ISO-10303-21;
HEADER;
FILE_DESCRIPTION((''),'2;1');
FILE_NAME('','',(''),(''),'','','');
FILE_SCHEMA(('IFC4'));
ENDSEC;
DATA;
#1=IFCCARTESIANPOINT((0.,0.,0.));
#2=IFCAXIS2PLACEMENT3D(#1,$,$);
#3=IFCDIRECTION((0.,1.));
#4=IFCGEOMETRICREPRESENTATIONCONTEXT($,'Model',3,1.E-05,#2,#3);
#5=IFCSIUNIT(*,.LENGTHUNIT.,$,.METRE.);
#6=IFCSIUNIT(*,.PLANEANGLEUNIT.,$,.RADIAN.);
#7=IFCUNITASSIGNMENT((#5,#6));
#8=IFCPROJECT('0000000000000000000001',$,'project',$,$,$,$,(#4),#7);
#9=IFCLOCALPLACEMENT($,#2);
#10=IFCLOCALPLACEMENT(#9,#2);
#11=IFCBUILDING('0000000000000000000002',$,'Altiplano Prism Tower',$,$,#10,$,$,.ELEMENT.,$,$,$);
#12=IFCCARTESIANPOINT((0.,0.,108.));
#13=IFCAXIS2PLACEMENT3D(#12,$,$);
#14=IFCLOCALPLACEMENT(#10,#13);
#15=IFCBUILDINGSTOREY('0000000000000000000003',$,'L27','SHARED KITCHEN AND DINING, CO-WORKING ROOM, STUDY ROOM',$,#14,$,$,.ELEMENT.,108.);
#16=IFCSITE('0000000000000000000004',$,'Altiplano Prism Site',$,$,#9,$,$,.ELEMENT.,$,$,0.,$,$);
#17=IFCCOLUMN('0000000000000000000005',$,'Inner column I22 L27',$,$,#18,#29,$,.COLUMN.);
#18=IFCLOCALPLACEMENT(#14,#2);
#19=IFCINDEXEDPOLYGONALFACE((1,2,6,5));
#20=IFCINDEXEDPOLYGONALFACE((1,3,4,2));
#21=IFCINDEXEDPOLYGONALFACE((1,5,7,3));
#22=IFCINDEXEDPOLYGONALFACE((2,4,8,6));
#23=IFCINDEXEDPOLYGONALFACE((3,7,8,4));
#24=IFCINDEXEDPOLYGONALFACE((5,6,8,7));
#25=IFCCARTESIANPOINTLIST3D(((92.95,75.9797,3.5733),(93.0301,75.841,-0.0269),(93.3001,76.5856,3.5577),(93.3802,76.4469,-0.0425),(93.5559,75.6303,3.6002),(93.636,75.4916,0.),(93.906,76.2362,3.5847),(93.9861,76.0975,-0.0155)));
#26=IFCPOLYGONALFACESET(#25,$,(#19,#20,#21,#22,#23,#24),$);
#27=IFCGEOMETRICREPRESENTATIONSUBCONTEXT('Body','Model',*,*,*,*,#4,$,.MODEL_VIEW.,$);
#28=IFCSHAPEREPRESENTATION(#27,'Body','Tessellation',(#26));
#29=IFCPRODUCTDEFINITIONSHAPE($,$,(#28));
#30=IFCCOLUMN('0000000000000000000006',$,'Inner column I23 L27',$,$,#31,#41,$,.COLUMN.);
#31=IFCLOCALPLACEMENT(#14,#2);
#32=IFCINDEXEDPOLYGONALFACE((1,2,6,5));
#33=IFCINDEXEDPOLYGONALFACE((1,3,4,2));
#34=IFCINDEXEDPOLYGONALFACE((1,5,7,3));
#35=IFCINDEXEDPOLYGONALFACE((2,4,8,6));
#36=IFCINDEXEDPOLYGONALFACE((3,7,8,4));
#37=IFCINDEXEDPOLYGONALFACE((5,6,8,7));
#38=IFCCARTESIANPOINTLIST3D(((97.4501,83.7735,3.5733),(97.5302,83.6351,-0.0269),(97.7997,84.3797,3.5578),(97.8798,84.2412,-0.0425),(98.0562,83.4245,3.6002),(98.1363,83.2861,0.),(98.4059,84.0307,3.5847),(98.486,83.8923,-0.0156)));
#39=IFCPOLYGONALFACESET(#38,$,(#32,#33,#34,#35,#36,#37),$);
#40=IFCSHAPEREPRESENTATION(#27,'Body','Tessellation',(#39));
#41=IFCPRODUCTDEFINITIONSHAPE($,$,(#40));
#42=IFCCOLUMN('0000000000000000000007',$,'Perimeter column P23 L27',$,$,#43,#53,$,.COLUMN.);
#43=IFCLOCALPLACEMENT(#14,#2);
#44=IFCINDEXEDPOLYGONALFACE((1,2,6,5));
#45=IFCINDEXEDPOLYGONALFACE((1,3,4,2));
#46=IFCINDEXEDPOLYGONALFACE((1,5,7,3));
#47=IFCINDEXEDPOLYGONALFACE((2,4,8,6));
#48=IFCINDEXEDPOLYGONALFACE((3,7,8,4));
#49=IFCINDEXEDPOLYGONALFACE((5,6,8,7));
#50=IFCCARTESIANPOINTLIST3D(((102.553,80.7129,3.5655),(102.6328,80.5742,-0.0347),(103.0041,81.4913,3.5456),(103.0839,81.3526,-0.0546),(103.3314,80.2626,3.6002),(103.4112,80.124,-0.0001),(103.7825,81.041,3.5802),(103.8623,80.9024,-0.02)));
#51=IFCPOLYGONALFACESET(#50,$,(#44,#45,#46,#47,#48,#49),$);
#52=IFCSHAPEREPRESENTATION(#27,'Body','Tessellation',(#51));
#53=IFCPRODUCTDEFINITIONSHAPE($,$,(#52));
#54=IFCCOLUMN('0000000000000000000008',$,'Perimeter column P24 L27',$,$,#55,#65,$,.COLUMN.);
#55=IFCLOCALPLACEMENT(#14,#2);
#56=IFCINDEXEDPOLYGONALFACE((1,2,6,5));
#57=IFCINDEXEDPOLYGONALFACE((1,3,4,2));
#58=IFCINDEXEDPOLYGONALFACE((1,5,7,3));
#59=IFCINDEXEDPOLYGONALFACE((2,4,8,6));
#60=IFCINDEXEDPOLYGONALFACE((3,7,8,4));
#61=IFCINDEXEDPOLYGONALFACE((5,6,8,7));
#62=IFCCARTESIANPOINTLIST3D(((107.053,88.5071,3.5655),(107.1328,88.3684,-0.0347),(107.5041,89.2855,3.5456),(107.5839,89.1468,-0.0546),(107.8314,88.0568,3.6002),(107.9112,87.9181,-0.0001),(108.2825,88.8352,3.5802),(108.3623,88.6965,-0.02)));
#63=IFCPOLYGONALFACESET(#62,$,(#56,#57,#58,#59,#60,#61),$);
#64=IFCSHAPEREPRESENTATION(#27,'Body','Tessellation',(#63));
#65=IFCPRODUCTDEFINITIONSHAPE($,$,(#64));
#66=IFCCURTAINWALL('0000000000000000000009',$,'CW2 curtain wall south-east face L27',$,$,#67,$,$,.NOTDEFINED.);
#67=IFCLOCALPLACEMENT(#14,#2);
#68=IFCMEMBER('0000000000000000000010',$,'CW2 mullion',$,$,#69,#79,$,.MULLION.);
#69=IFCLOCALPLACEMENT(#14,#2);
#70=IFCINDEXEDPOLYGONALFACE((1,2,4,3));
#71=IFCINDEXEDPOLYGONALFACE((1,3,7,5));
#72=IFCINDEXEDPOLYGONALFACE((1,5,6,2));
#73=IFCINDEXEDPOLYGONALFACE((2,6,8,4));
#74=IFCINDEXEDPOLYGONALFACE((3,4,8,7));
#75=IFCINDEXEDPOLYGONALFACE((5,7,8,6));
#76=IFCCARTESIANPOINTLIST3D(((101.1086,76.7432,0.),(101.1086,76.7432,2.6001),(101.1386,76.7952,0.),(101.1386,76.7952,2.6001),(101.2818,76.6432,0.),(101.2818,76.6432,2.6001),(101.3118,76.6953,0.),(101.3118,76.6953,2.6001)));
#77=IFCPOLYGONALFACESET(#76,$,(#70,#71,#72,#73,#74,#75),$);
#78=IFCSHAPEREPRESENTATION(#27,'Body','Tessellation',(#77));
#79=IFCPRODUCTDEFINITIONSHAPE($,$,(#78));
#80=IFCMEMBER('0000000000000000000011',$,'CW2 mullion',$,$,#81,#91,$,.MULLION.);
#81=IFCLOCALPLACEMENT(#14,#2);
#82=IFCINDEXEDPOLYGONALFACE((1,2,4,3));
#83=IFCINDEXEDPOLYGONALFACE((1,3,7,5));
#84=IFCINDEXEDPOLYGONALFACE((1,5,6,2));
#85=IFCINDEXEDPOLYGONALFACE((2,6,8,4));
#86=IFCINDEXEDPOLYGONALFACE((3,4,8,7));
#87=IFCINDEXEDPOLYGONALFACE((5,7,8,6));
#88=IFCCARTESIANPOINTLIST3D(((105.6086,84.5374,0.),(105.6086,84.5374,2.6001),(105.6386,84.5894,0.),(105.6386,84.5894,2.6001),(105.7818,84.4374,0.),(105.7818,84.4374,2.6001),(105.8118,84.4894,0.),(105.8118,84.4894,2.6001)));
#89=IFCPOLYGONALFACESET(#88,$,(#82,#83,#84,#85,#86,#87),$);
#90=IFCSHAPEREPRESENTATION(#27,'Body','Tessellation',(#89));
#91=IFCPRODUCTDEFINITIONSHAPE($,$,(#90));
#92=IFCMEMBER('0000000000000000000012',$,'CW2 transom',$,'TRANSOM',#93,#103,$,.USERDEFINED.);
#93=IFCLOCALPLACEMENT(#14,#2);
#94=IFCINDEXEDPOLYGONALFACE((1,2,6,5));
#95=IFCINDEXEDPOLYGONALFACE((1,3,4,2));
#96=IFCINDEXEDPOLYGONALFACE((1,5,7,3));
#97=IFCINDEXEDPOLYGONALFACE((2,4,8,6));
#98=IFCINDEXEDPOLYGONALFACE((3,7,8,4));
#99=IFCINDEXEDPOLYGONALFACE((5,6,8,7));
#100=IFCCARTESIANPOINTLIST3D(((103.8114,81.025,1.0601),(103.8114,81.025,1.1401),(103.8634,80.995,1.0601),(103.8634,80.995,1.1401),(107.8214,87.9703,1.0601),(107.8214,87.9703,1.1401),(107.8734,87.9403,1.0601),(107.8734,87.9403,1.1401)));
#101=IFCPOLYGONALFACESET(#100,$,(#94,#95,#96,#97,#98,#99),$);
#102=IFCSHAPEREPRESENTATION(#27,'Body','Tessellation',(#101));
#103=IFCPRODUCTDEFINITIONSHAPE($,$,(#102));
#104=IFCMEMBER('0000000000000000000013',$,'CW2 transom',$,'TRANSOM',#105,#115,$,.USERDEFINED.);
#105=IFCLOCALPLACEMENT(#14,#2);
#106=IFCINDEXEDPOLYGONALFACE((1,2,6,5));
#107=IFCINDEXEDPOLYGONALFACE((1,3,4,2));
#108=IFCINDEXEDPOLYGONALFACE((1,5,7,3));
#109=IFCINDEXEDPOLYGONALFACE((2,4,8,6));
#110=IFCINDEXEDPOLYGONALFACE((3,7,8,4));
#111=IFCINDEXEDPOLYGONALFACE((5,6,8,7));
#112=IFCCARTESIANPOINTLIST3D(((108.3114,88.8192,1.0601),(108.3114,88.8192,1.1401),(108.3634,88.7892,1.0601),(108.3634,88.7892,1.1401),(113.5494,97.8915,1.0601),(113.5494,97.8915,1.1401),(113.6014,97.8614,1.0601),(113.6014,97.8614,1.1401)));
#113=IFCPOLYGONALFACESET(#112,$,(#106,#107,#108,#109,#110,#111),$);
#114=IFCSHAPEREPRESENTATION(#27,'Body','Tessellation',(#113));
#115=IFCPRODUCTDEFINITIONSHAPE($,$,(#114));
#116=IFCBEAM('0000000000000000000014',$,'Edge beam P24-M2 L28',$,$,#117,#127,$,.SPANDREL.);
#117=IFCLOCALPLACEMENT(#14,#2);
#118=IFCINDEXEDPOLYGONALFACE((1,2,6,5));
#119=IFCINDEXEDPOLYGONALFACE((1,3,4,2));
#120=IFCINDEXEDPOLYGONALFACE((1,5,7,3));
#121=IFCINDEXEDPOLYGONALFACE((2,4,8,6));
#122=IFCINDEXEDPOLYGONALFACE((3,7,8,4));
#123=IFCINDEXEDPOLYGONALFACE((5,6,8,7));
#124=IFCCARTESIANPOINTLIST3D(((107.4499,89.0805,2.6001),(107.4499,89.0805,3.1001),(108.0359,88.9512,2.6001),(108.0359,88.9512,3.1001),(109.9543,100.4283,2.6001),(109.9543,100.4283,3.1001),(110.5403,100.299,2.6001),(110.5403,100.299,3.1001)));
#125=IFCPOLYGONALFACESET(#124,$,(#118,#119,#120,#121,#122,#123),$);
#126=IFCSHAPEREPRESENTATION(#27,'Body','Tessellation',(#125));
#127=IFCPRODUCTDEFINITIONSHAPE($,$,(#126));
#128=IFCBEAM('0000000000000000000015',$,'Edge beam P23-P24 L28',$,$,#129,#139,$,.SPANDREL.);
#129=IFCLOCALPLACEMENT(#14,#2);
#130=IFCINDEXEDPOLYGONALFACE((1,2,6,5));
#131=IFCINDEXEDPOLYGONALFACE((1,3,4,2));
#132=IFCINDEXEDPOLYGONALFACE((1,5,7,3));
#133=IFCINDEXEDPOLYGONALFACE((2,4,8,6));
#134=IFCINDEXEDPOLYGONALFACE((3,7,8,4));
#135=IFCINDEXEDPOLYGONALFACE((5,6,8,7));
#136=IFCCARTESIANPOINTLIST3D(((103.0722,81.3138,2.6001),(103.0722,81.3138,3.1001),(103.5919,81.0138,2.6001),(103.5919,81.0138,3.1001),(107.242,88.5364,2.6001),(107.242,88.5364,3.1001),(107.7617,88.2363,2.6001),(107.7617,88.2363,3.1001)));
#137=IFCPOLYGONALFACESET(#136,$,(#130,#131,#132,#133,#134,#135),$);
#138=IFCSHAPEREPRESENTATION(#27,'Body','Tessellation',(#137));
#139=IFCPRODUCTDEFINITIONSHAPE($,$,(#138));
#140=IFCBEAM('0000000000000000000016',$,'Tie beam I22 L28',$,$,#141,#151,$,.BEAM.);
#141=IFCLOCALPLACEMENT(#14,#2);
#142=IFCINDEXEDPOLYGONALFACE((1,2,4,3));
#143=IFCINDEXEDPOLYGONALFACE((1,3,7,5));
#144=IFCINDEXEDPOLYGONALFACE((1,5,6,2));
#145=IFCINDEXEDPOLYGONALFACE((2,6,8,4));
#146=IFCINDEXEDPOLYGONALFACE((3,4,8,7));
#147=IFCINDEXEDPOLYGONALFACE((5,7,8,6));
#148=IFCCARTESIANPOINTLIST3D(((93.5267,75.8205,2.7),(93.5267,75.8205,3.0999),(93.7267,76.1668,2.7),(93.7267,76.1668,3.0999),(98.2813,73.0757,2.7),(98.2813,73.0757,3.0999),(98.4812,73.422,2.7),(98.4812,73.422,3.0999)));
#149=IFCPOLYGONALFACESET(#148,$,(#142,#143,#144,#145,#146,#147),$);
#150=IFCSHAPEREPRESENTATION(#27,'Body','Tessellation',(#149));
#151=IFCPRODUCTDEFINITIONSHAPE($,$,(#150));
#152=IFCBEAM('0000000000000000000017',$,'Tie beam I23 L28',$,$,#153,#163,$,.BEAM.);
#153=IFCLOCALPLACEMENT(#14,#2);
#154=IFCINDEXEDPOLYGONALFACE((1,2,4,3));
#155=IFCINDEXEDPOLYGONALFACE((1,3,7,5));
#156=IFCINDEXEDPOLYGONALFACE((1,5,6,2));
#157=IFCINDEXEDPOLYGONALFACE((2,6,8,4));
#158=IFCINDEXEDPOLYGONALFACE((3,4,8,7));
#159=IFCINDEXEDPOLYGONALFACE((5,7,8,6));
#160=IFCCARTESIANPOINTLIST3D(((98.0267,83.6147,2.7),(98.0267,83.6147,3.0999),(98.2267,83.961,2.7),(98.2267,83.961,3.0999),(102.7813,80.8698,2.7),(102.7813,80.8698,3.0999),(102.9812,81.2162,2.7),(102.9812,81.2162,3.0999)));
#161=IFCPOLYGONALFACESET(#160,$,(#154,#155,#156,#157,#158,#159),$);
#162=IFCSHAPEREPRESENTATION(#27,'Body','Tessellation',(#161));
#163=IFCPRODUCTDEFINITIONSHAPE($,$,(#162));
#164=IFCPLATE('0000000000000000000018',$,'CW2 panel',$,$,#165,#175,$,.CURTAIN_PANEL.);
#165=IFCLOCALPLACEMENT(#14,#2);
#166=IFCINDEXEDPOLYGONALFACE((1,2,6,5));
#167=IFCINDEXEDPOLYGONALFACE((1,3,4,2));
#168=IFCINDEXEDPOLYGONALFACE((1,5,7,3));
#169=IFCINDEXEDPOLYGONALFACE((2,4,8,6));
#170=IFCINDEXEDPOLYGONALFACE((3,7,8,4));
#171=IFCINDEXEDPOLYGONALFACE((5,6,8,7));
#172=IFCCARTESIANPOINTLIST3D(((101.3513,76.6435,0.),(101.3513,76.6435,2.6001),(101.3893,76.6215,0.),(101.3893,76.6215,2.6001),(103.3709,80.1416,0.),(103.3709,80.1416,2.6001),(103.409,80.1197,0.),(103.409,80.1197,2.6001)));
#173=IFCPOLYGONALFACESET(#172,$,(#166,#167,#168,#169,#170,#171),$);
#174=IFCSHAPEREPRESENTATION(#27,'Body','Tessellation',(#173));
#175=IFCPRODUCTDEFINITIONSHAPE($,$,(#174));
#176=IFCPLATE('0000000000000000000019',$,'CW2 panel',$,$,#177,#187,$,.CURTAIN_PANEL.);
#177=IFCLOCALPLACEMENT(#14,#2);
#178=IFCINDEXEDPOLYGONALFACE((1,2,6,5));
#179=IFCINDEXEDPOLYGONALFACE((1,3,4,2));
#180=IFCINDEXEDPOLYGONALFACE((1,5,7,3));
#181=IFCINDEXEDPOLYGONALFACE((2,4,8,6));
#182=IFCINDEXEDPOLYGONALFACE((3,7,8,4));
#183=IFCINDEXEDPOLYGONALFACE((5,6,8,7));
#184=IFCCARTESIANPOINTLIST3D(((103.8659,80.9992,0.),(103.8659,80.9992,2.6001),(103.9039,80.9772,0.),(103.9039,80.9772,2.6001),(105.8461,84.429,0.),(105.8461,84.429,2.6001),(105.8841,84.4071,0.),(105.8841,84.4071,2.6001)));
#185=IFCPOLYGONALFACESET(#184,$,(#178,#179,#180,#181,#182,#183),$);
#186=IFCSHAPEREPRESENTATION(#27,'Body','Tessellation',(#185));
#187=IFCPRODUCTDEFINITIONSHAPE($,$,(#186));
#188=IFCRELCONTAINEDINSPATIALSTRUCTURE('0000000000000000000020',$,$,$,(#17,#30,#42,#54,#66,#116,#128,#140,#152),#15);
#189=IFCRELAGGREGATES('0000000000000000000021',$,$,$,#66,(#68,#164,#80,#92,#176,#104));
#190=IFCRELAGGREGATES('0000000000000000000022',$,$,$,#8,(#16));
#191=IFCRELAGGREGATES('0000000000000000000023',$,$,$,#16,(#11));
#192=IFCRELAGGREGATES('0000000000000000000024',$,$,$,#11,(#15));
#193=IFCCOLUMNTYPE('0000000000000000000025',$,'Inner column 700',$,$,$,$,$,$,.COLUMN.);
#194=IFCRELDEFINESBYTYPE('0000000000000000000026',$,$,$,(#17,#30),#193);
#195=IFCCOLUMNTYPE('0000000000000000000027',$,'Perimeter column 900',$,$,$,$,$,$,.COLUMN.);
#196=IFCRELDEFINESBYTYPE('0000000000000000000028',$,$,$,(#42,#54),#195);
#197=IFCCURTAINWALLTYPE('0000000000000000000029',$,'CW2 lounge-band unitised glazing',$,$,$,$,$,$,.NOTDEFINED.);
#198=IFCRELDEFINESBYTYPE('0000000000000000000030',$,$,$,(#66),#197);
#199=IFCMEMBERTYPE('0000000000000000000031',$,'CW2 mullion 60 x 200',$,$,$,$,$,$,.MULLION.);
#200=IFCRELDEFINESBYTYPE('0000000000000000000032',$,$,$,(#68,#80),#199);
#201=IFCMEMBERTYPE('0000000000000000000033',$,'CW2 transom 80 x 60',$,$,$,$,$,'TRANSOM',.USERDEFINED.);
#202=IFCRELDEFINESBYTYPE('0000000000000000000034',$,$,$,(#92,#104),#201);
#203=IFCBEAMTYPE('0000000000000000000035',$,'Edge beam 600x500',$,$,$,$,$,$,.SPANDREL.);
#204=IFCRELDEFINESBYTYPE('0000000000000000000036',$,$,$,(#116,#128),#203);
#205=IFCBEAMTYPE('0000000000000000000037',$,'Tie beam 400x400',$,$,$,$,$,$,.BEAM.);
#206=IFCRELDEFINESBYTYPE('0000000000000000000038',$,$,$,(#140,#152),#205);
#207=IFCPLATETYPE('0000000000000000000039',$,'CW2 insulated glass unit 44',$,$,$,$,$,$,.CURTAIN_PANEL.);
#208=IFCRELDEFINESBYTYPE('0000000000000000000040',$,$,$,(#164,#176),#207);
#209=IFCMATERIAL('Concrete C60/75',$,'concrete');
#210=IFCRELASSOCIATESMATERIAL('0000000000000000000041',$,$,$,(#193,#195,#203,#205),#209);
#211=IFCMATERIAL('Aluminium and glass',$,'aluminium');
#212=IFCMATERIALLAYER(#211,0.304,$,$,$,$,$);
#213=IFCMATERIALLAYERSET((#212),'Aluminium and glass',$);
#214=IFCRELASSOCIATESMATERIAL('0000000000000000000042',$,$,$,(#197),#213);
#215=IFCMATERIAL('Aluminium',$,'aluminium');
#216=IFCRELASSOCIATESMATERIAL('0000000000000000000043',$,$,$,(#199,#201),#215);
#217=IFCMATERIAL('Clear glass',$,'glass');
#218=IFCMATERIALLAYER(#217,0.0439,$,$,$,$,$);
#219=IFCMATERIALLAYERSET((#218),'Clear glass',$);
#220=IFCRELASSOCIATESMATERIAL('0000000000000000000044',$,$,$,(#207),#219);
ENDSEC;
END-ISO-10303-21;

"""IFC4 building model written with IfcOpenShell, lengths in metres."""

from ifc_helpers import new_model, si_unit, direction, frame, origin, origin_2d, place, context, subcontext, project, spatial, rectangle, extrude, material, layer, layer_set, material_profile, profile_set, type_object, element, aggregate, save


model = new_model("IFC4")

# Units and contexts
model_context = context("Model", 3, precision=1e-05, world=origin(), true_north=direction((0.0, 1.0)))
body_context = subcontext(model_context, "Body", "Model", "MODEL_VIEW")
ifc_project = project(units=[si_unit("LENGTHUNIT", "METRE"), si_unit("PLANEANGLEUNIT", "RADIAN")], contexts=[model_context])

# Site, building, storey
site_placement = place(None, origin())
site = spatial("IfcSite", under=ifc_project, at=site_placement, Name="Altiplano Prism Site", CompositionType="ELEMENT", RefElevation=0.0)
building_placement = place(site_placement, origin())
building = spatial("IfcBuilding", under=site, at=building_placement, Name="Altiplano Prism Tower", CompositionType="ELEMENT")
storey_placement = place(building_placement, frame((0.0, 0.0, 108.0)))
storey = spatial("IfcBuildingStorey", under=building, at=storey_placement, Name="L27", Description="SHARED KITCHEN AND DINING, CO-WORKING ROOM, STUDY ROOM", CompositionType="ELEMENT", Elevation=108.0)

# Columns
ifc_material_1 = material(Name="Concrete C60/75", Category="concrete")
ifc_material_profile_1 = material_profile(ifc_material_1, rectangle(XDim=0.7, YDim=0.7, at=origin_2d()), Name="Inner column 700")
ifc_profile_set_1 = profile_set([ifc_material_profile_1], Name="Concrete C60/75")
column_type_1 = type_object("IfcColumnType", Name="Inner column 700", PredefinedType="COLUMN", material=ifc_profile_set_1)
for number, where, z_axis, x_axis, name in (
    (1, (93.5081, 75.9692, -0.0212), (-0.022221, 0.038481, 0.999012), (-0.500175, -0.865639, 0.022218), "Inner column I22 L27"),
    (2, (98.0081, 83.7637, -0.0212), (-0.022221, 0.038413, 0.999015), (-0.499508, -0.866025, 0.022189), "Inner column I23 L27"),
):
    element("IfcColumn", number, at=place(storey_placement, frame(where, z_axis=z_axis, x_axis=x_axis)), inside=storey, type_object=column_type_1, Name=name, PredefinedType="COLUMN", context=body_context, shape_type="SweptSolid", body=[
        extrude(rectangle(XDim=0.7, YDim=0.7, at=origin_2d()), origin(), (0.0, 0.0, 1.0), 3.6038),
    ])
ifc_material_profile_2 = material_profile(ifc_material_1, rectangle(XDim=0.8999, YDim=0.8999, at=origin_2d()), Name="Perimeter column 900")
ifc_profile_set_2 = profile_set([ifc_material_profile_2], Name="Concrete C60/75")
column_type_2 = type_object("IfcColumnType", Name="Perimeter column 900", PredefinedType="COLUMN", material=ifc_profile_set_2)
for number, where, z_axis, x_axis, name in (
    (3, (103.2476, 80.7383, -0.0273), (-0.022154, 0.038481, 0.999014), (-0.501313, -0.864981, 0.022201), "Perimeter column P23 L27"),
    (4, (107.7476, 88.5325, -0.0273), (-0.022154, 0.038481, 0.999014), (-0.501313, -0.864981, 0.022201), "Perimeter column P24 L27"),
):
    element("IfcColumn", number, at=place(storey_placement, frame(where, z_axis=z_axis, x_axis=x_axis)), inside=storey, type_object=column_type_2, Name=name, PredefinedType="COLUMN", context=body_context, shape_type="SweptSolid", body=[
        extrude(rectangle(XDim=0.8999, YDim=0.8999, at=origin_2d()), origin(), (0.0, 0.0, 1.0), 3.6038),
    ])

# Curtain wall, members
ifc_material_2 = material(Name="Aluminium and glass", Category="aluminium")
ifc_layer_1 = layer(ifc_material_2, 0.304)
ifc_layer_set_1 = layer_set([ifc_layer_1], Name="Aluminium and glass")
curtain_wall_type = type_object("IfcCurtainWallType", Name="CW2 lounge-band unitised glazing", PredefinedType="NOTDEFINED", material=ifc_layer_set_1)
curtain_wall_placement = place(storey_placement, origin())
curtain_wall = element("IfcCurtainWall", 5, at=curtain_wall_placement, inside=storey, type_object=curtain_wall_type, Name="CW2 curtain wall south-east face L27", PredefinedType="NOTDEFINED")
ifc_material_3 = material(Name="Aluminium", Category="aluminium")
ifc_material_profile_3 = material_profile(ifc_material_3, rectangle(XDim=0.2, YDim=0.0601, at=origin_2d()), Name="CW2 mullion 60 x 200")
ifc_profile_set_3 = profile_set([ifc_material_profile_3], Name="Aluminium")
member_type_1 = type_object("IfcMemberType", Name="CW2 mullion 60 x 200", PredefinedType="MULLION", material=ifc_profile_set_3)
member_1_placement = place(storey_placement, frame((101.2102, 76.7192, 0.0), z_axis=(0.0, 0.0, 1.0), x_axis=(-0.866025, 0.5, 0.0)))
member_1 = element("IfcMember", 6, at=member_1_placement, type_object=member_type_1, Name="CW2 mullion", PredefinedType="MULLION", context=body_context, shape_type="SweptSolid", body=[
    extrude(rectangle(XDim=0.2, YDim=0.0601, at=origin_2d()), origin(), (0.0, 0.0, 1.0), 2.6001),
])
member_2_placement = place(storey_placement, frame((105.7102, 84.5134, 0.0), z_axis=(0.0, 0.0, 1.0), x_axis=(-0.866025, 0.5, 0.0)))
member_2 = element("IfcMember", 7, at=member_2_placement, type_object=member_type_1, Name="CW2 mullion", PredefinedType="MULLION", context=body_context, shape_type="SweptSolid", body=[
    extrude(rectangle(XDim=0.2, YDim=0.0601, at=origin_2d()), origin(), (0.0, 0.0, 1.0), 2.6001),
])
ifc_material_profile_4 = material_profile(ifc_material_3, rectangle(XDim=0.0601, YDim=0.0801, at=origin_2d()), Name="CW2 transom 80 x 60")
ifc_profile_set_4 = profile_set([ifc_material_profile_4], Name="Aluminium")
member_type_2 = type_object("IfcMemberType", Name="CW2 transom 80 x 60", ElementType="TRANSOM", PredefinedType="USERDEFINED", material=ifc_profile_set_4)
member_3_placement = place(storey_placement, frame((103.8374, 81.01, 1.1001), z_axis=(0.500012, 0.866018, 0.0), x_axis=(-0.866018, 0.500012, 0.0)))
member_3 = element("IfcMember", 8, at=member_3_placement, type_object=member_type_2, Name="CW2 transom", ObjectType="TRANSOM", PredefinedType="USERDEFINED", context=body_context, shape_type="SweptSolid", body=[
    extrude(rectangle(XDim=0.0601, YDim=0.0801, at=origin_2d()), origin(), (0.0, 0.0, 1.0), 8.0198),
])
member_4_placement = place(storey_placement, frame((108.3374, 88.8042, 1.1001), z_axis=(0.500012, 0.866019, 0.0), x_axis=(-0.866019, 0.500012, 0.0)))
member_4 = element("IfcMember", 9, at=member_4_placement, type_object=member_type_2, Name="CW2 transom", ObjectType="TRANSOM", PredefinedType="USERDEFINED", context=body_context, shape_type="SweptSolid", body=[
    extrude(rectangle(XDim=0.0601, YDim=0.0801, at=origin_2d()), origin(), (0.0, 0.0, 1.0), 10.4758),
])

# Beams
ifc_material_profile_5 = material_profile(ifc_material_1, rectangle(XDim=0.6001, YDim=0.5, at=origin_2d()), Name="Edge beam 600x500")
ifc_profile_set_5 = profile_set([ifc_material_profile_5], Name="Concrete C60/75")
beam_type_1 = type_object("IfcBeamType", Name="Edge beam 600x500", PredefinedType="SPANDREL", material=ifc_profile_set_5)
beam_1_placement = place(storey_placement, frame((107.7429, 89.0159, 2.8501), z_axis=(0.215507, 0.976502, 0.0), x_axis=(-0.976502, 0.215507, 0.0)))
element("IfcBeam", 10, at=beam_1_placement, inside=storey, type_object=beam_type_1, Name="Edge beam P24-M2 L28", PredefinedType="SPANDREL", context=body_context, shape_type="SweptSolid", body=[
    extrude(rectangle(XDim=0.6001, YDim=0.5, at=origin_2d()), origin(), (0.0, 0.0, 1.0), 11.6208),
])
beam_2_placement = place(storey_placement, frame((103.332, 81.1638, 2.8501), z_axis=(0.499993, 0.86603, 0.0), x_axis=(-0.86603, 0.499993, 0.0)))
element("IfcBeam", 11, at=beam_2_placement, inside=storey, type_object=beam_type_1, Name="Edge beam P23-P24 L28", PredefinedType="SPANDREL", context=body_context, shape_type="SweptSolid", body=[
    extrude(rectangle(XDim=0.6001, YDim=0.5, at=origin_2d()), origin(), (0.0, 0.0, 1.0), 8.3398),
])
ifc_material_profile_6 = material_profile(ifc_material_1, rectangle(XDim=0.3999, YDim=0.3999, at=origin_2d()), Name="Tie beam 400x400")
ifc_profile_set_6 = profile_set([ifc_material_profile_6], Name="Concrete C60/75")
beam_type_2 = type_object("IfcBeamType", Name="Tie beam 400x400", PredefinedType="BEAM", material=ifc_profile_set_6)
for number, where, z_axis, x_axis, name in (
    (12, (93.6267, 75.9937, 2.8999), (0.866043, -0.49997, 0.0), (0.49997, 0.866043, 0.0), "Tie beam I22 L28"),
    (13, (98.1267, 83.7878, 2.8999), (0.866043, -0.49997, 0.0), (0.49997, 0.866043, 0.0), "Tie beam I23 L28"),
):
    element("IfcBeam", number, at=place(storey_placement, frame(where, z_axis=z_axis, x_axis=x_axis)), inside=storey, type_object=beam_type_2, Name=name, PredefinedType="BEAM", context=body_context, shape_type="SweptSolid", body=[
        extrude(rectangle(XDim=0.3999, YDim=0.3999, at=origin_2d()), origin(), (0.0, 0.0, 1.0), 5.49),
    ])

# Plates
ifc_material_4 = material(Name="Clear glass", Category="glass")
ifc_layer_2 = layer(ifc_material_4, 0.0439)
ifc_layer_set_2 = layer_set([ifc_layer_2], Name="Clear glass")
plate_type = type_object("IfcPlateType", Name="CW2 insulated glass unit 44", PredefinedType="CURTAIN_PANEL", material=ifc_layer_set_2)
plate_1_placement = place(storey_placement, frame((102.3801, 78.3816, 0.0), z_axis=(0.0, 0.0, 1.0), x_axis=(0.5, 0.866025, 0.0)))
plate_1 = element("IfcPlate", 14, at=plate_1_placement, type_object=plate_type, Name="CW2 panel", PredefinedType="CURTAIN_PANEL", context=body_context, shape_type="SweptSolid", body=[
    extrude(rectangle(XDim=4.0393, YDim=0.0439, at=origin_2d()), origin(), (0.0, 0.0, 1.0), 2.6001),
])
plate_2_placement = place(storey_placement, frame((104.875, 82.7031, 0.0), z_axis=(0.0, 0.0, 1.0), x_axis=(0.5, 0.866025, 0.0)))
plate_2 = element("IfcPlate", 15, at=plate_2_placement, type_object=plate_type, Name="CW2 panel", PredefinedType="CURTAIN_PANEL", context=body_context, shape_type="SweptSolid", body=[
    extrude(rectangle(XDim=3.9604, YDim=0.0439, at=origin_2d()), origin(), (0.0, 0.0, 1.0), 2.6001),
])
aggregate(curtain_wall, [member_1, plate_1, member_2, member_3, plate_2, member_4])

save(model, "model.ifc")
